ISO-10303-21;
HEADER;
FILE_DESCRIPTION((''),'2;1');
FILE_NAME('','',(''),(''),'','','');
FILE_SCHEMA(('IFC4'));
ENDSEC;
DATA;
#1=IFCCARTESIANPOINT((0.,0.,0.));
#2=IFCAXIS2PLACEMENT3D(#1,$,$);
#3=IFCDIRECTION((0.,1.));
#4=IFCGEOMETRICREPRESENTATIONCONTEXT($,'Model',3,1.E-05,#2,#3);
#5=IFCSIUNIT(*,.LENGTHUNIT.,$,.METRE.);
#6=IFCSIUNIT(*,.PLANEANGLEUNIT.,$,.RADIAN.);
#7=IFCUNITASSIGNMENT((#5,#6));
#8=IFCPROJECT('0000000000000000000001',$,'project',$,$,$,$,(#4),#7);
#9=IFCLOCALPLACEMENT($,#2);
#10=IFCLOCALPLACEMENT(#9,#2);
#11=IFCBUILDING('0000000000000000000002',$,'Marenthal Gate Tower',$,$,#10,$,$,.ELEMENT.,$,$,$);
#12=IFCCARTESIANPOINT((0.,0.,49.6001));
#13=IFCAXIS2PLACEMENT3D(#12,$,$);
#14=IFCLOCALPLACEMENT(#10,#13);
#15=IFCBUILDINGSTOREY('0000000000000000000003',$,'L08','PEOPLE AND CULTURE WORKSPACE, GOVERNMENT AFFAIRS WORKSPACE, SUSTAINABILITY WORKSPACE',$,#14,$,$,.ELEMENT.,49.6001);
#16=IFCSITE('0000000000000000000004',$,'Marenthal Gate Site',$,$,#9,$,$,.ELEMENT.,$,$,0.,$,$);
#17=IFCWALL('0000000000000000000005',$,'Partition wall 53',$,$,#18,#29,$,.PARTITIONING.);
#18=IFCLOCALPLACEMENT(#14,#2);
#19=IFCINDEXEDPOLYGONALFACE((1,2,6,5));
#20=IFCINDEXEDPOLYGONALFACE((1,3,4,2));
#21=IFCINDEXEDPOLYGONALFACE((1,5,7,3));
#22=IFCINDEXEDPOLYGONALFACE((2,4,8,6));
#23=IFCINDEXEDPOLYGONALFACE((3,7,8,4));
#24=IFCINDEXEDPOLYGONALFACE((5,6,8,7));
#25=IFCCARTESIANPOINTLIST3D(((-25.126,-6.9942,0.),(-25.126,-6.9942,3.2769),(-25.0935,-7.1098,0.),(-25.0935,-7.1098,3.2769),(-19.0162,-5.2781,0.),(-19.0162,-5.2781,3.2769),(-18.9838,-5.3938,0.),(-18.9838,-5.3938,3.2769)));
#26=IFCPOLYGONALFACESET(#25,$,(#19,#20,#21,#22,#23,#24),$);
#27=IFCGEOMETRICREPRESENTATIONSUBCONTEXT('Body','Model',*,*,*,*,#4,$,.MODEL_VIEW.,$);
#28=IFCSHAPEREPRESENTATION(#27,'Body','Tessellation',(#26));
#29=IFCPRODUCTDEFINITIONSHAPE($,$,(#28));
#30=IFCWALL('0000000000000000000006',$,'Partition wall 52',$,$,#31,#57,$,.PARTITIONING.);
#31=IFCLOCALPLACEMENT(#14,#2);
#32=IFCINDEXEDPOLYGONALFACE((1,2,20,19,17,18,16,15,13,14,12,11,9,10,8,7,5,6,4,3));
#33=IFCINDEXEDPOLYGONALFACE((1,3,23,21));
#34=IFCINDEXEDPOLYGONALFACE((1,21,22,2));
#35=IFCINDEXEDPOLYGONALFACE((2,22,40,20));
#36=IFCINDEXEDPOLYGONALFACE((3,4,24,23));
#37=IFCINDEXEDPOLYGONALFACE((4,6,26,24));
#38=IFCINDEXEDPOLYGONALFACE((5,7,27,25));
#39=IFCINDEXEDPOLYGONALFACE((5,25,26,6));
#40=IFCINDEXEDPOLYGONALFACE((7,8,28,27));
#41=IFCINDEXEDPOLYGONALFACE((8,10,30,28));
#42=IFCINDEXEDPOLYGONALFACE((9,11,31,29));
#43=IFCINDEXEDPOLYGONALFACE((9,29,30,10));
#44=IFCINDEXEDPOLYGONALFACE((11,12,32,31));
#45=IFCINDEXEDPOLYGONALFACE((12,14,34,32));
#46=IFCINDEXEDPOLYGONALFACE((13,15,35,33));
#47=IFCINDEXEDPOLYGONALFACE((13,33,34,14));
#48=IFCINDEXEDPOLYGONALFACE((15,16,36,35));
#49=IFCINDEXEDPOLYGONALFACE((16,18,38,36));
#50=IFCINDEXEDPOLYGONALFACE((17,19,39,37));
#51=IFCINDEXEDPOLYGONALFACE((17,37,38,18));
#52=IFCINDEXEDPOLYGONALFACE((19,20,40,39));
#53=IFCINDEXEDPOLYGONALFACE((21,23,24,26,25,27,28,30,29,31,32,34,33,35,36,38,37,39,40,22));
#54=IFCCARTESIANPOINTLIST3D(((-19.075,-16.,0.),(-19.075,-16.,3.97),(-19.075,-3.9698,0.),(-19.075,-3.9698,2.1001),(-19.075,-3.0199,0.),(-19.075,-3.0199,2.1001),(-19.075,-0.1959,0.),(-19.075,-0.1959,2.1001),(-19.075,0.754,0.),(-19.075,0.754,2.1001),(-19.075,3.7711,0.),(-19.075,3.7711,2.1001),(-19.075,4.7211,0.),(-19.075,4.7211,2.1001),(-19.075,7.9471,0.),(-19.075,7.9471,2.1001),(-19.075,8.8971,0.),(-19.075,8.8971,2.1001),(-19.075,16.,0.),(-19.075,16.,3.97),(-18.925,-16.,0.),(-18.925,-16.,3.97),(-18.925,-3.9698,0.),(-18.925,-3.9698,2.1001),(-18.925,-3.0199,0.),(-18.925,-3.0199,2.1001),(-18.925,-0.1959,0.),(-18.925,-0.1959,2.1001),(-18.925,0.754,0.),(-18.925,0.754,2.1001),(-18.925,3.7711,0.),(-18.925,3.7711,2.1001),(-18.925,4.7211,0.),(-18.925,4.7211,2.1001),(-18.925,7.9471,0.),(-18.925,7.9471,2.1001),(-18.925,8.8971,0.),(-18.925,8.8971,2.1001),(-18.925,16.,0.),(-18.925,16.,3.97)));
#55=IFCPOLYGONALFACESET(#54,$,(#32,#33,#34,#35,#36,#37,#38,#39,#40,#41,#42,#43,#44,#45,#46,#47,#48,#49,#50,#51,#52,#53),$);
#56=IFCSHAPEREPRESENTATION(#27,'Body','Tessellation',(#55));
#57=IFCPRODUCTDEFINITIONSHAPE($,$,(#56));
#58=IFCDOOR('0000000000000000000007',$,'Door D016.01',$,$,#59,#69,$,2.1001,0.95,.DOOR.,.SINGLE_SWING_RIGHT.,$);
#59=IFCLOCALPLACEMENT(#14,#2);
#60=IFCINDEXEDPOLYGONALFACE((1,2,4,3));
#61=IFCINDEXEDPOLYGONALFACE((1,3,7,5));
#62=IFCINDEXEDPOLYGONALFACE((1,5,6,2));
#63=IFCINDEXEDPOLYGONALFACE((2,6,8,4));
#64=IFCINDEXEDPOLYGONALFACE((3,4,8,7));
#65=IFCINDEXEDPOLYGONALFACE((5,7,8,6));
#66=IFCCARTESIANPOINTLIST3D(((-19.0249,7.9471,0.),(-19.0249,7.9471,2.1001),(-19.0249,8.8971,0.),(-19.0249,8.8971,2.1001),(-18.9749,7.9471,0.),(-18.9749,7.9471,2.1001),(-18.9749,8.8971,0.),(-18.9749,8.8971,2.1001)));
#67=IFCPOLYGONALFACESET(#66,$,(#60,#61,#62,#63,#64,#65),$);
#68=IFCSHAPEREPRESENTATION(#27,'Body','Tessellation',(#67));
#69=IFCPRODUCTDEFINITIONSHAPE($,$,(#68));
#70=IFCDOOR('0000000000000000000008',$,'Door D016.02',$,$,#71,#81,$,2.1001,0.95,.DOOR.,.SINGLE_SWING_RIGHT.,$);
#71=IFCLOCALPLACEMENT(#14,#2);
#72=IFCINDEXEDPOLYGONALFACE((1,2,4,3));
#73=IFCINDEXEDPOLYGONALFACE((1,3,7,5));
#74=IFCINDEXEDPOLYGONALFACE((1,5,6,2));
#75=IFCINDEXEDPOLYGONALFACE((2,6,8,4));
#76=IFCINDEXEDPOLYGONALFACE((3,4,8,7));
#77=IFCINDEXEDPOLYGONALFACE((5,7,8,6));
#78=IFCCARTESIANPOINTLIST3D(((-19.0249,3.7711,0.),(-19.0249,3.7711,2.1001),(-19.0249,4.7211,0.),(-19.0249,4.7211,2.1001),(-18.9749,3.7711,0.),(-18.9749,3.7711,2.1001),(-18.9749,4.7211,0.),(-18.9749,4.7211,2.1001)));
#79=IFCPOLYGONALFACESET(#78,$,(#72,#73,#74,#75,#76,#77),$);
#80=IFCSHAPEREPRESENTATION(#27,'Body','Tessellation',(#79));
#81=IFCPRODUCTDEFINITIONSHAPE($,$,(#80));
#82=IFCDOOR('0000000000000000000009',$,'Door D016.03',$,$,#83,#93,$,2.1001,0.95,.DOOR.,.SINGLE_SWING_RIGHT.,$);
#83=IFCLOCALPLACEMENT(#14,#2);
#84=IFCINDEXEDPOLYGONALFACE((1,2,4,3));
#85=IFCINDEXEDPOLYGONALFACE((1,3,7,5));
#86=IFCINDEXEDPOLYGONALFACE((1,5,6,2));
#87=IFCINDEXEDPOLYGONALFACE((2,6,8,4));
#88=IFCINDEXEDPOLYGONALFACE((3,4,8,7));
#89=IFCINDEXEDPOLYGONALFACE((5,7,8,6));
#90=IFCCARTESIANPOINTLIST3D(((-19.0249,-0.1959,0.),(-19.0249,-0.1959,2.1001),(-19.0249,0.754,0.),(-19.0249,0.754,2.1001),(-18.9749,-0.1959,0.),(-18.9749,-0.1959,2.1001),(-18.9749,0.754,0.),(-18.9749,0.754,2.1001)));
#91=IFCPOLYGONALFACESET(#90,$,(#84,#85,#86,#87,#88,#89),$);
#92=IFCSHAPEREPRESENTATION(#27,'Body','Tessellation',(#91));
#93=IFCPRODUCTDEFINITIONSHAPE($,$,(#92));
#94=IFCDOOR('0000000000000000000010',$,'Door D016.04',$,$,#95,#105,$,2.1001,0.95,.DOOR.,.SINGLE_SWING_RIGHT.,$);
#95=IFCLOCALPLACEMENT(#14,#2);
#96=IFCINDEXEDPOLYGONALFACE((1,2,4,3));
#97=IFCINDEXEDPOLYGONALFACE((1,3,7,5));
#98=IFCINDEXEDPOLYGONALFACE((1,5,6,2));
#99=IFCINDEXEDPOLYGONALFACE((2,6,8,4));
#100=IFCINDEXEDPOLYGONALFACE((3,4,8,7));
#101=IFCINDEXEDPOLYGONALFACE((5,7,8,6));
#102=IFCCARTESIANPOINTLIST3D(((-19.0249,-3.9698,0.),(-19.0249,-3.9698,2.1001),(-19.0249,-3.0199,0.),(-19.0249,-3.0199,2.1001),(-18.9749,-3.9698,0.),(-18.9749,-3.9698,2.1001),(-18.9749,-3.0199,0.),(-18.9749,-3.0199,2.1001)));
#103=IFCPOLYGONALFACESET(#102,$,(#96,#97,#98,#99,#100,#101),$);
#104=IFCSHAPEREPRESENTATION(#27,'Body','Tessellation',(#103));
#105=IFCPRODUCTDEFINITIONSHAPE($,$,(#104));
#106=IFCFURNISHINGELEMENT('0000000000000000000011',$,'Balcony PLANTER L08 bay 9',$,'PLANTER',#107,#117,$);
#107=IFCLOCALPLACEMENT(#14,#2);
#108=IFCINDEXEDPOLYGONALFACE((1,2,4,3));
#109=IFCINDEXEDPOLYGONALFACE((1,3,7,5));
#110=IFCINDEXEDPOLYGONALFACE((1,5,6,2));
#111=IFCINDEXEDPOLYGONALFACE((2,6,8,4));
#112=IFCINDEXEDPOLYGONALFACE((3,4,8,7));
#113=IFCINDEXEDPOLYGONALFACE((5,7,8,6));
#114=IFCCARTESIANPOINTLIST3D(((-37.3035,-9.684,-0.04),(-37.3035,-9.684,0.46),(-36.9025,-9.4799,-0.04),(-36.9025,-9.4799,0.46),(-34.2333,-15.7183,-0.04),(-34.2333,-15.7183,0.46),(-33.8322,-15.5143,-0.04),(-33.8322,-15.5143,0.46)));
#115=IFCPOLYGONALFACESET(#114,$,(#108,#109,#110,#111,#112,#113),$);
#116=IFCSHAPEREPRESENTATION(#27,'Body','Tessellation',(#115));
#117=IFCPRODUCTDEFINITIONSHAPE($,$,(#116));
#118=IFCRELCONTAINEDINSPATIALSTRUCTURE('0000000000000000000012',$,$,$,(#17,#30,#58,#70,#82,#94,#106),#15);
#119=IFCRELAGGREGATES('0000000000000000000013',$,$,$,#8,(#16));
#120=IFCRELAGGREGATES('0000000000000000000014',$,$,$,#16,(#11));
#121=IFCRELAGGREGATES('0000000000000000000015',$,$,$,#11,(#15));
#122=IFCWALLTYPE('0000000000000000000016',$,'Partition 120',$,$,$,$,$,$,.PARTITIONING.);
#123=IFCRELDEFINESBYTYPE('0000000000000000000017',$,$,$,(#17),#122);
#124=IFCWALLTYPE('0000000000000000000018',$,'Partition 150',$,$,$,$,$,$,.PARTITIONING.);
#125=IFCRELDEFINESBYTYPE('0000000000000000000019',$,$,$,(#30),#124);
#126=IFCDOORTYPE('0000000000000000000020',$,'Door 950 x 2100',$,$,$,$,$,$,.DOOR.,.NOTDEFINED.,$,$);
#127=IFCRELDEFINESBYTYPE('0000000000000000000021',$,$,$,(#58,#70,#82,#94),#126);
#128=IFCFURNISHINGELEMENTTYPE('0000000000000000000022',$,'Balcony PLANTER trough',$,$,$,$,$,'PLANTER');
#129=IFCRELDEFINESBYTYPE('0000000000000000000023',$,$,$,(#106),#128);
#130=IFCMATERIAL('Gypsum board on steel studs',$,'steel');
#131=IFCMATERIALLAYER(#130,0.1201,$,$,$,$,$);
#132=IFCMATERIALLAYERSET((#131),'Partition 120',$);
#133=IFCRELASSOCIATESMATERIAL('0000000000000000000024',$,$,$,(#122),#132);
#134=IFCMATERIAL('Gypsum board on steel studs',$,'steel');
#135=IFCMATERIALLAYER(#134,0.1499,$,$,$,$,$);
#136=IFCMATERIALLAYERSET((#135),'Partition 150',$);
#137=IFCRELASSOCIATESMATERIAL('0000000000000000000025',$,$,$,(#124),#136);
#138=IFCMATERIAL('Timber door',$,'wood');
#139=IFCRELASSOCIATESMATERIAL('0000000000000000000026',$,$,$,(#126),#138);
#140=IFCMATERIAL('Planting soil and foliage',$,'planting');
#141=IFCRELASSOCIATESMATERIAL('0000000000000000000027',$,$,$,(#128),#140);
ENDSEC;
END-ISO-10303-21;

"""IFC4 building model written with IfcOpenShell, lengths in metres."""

from ifc_helpers import new_model, si_unit, direction, frame, frame_2d, origin, origin_2d, place, context, subcontext, project, spatial, rectangle, extrude, material, layer, layer_set, type_object, element, fill, save


model = new_model("IFC4")

# Units and contexts
model_context = context("Model", 3, precision=1e-05, world=origin(), true_north=direction((0.0, 1.0)))
body_context = subcontext(model_context, "Body", "Model", "MODEL_VIEW")
ifc_project = project(units=[si_unit("LENGTHUNIT", "METRE"), si_unit("PLANEANGLEUNIT", "RADIAN")], contexts=[model_context])

# Site, building, storey
site_placement = place(None, origin())
site = spatial("IfcSite", under=ifc_project, at=site_placement, Name="Marenthal Gate Site", CompositionType="ELEMENT", RefElevation=0.0)
building_placement = place(site_placement, origin())
building = spatial("IfcBuilding", under=site, at=building_placement, Name="Marenthal Gate Tower", CompositionType="ELEMENT")
storey_placement = place(building_placement, frame((0.0, 0.0, 49.6001)))
storey = spatial("IfcBuildingStorey", under=building, at=storey_placement, Name="L08", Description="PEOPLE AND CULTURE WORKSPACE, GOVERNMENT AFFAIRS WORKSPACE, SUSTAINABILITY WORKSPACE", CompositionType="ELEMENT", Elevation=49.6001)

# Wall
ifc_material_1 = material(Name="Gypsum board on steel studs", Category="steel")
ifc_layer_1 = layer(ifc_material_1, 0.1201)
ifc_layer_set_1 = layer_set([ifc_layer_1], Name="Partition 120")
wall_type_1 = type_object("IfcWallType", Name="Partition 120", PredefinedType="PARTITIONING", material=ifc_layer_set_1)
wall_1_placement = place(storey_placement, frame((-19.0, -5.3359, 0.0), z_axis=(0.0, 0.0, 1.0), x_axis=(-0.962747, -0.270405, 0.0)))
element("IfcWall", 1, at=wall_1_placement, inside=storey, type_object=wall_type_1, Name="Partition wall 53", PredefinedType="PARTITIONING", context=body_context, shape_type="SweptSolid", body=[
    extrude(rectangle(XDim=6.3462, YDim=0.1201, at=frame_2d((3.1731, 0.0))), origin(), (0.0, 0.0, 1.0), 3.2769),
])

# Wall, openings, doors
ifc_material_2 = material(Name="Gypsum board on steel studs", Category="steel")
ifc_layer_2 = layer(ifc_material_2, 0.1499)
ifc_layer_set_2 = layer_set([ifc_layer_2], Name="Partition 150")
wall_type_2 = type_object("IfcWallType", Name="Partition 150", PredefinedType="PARTITIONING", material=ifc_layer_set_2)
wall_2_placement = place(storey_placement, frame((-19.0, -16.0, 0.0), z_axis=(0.0, 0.0, 1.0), x_axis=(0.0, 1.0, 0.0)))
wall_2 = element("IfcWall", 2, at=wall_2_placement, inside=storey, type_object=wall_type_2, Name="Partition wall 52", PredefinedType="PARTITIONING", context=body_context, shape_type="SweptSolid", body=[
    extrude(rectangle(XDim=32.0, YDim=0.1499, at=frame_2d((16.0, 0.0))), origin(), (0.0, 0.0, 1.0), 3.97),
])
opening_1_placement = place(wall_2_placement, frame((23.947, 0.0, 0.0)))
opening_1 = element("IfcOpeningElement", 3, at=opening_1_placement, cuts=wall_2, PredefinedType="OPENING", context=body_context, shape_type="SweptSolid", body=[
    extrude(rectangle(XDim=0.95, YDim=2.1001, at=frame_2d((0.4751, 1.05))), frame((0.0, 0.085, 0.0), z_axis=(0.0, -1.0, 0.0), x_axis=(1.0, 0.0, 0.0)), (0.0, 0.0, 1.0), 0.1699),
])
opening_2_placement = place(wall_2_placement, frame((19.771, 0.0, 0.0)))
opening_2 = element("IfcOpeningElement", 4, at=opening_2_placement, cuts=wall_2, PredefinedType="OPENING", context=body_context, shape_type="SweptSolid", body=[
    extrude(rectangle(XDim=0.95, YDim=2.1001, at=frame_2d((0.4751, 1.05))), frame((0.0, 0.085, 0.0), z_axis=(0.0, -1.0, 0.0), x_axis=(1.0, 0.0, 0.0)), (0.0, 0.0, 1.0), 0.1699),
])
opening_3_placement = place(wall_2_placement, frame((15.804, 0.0, 0.0)))
opening_3 = element("IfcOpeningElement", 5, at=opening_3_placement, cuts=wall_2, PredefinedType="OPENING", context=body_context, shape_type="SweptSolid", body=[
    extrude(rectangle(XDim=0.95, YDim=2.1001, at=frame_2d((0.4751, 1.05))), frame((0.0, 0.085, 0.0), z_axis=(0.0, -1.0, 0.0), x_axis=(1.0, 0.0, 0.0)), (0.0, 0.0, 1.0), 0.1699),
])
opening_4_placement = place(wall_2_placement, frame((12.03, 0.0, 0.0)))
opening_4 = element("IfcOpeningElement", 6, at=opening_4_placement, cuts=wall_2, PredefinedType="OPENING", context=body_context, shape_type="SweptSolid", body=[
    extrude(rectangle(XDim=0.95, YDim=2.1001, at=frame_2d((0.4751, 1.05))), frame((0.0, 0.085, 0.0), z_axis=(0.0, -1.0, 0.0), x_axis=(1.0, 0.0, 0.0)), (0.0, 0.0, 1.0), 0.1699),
])
ifc_material_3 = material(Name="Timber door", Category="wood")
door_type_1 = type_object("IfcDoorType", Name="Door 950 x 2100", OperationType="NOTDEFINED", PredefinedType="DOOR", material=ifc_material_3)
door_1_placement = place(opening_1_placement, origin())
door_1 = element("IfcDoor", 7, at=door_1_placement, inside=storey, type_object=door_type_1, Name="Door D016.01", OperationType="SINGLE_SWING_RIGHT", OverallHeight=2.1001, OverallWidth=0.95, PredefinedType="DOOR", context=body_context, shape_type="SweptSolid", body=[
    extrude(rectangle(XDim=0.95, YDim=2.1001, at=frame_2d((0.4751, 1.05))), frame((0.0, 0.0249, 0.0), z_axis=(0.0, -1.0, 0.0), x_axis=(1.0, 0.0, 0.0)), (0.0, 0.0, 1.0), 0.05),
])
fill(opening_1, door_1)
door_2_placement = place(opening_2_placement, origin())
door_2 = element("IfcDoor", 8, at=door_2_placement, inside=storey, type_object=door_type_1, Name="Door D016.02", OperationType="SINGLE_SWING_RIGHT", OverallHeight=2.1001, OverallWidth=0.95, PredefinedType="DOOR", context=body_context, shape_type="SweptSolid", body=[
    extrude(rectangle(XDim=0.95, YDim=2.1001, at=frame_2d((0.4751, 1.05))), frame((0.0, 0.0249, 0.0), z_axis=(0.0, -1.0, 0.0), x_axis=(1.0, 0.0, 0.0)), (0.0, 0.0, 1.0), 0.05),
])
fill(opening_2, door_2)
door_3_placement = place(opening_3_placement, origin())
door_3 = element("IfcDoor", 9, at=door_3_placement, inside=storey, type_object=door_type_1, Name="Door D016.03", OperationType="SINGLE_SWING_RIGHT", OverallHeight=2.1001, OverallWidth=0.95, PredefinedType="DOOR", context=body_context, shape_type="SweptSolid", body=[
    extrude(rectangle(XDim=0.95, YDim=2.1001, at=frame_2d((0.4751, 1.05))), frame((0.0, 0.0249, 0.0), z_axis=(0.0, -1.0, 0.0), x_axis=(1.0, 0.0, 0.0)), (0.0, 0.0, 1.0), 0.05),
])
fill(opening_3, door_3)
door_4_placement = place(opening_4_placement, origin())
door_4 = element("IfcDoor", 10, at=door_4_placement, inside=storey, type_object=door_type_1, Name="Door D016.04", OperationType="SINGLE_SWING_RIGHT", OverallHeight=2.1001, OverallWidth=0.95, PredefinedType="DOOR", context=body_context, shape_type="SweptSolid", body=[
    extrude(rectangle(XDim=0.95, YDim=2.1001, at=frame_2d((0.4751, 1.05))), frame((0.0, 0.0249, 0.0), z_axis=(0.0, -1.0, 0.0), x_axis=(1.0, 0.0, 0.0)), (0.0, 0.0, 1.0), 0.05),
])
fill(opening_4, door_4)

# Furnishing element
ifc_material_4 = material(Name="Planting soil and foliage", Category="planting")
furnishing_element_type = type_object("IfcFurnishingElementType", Name="Balcony PLANTER trough", ElementType="PLANTER", material=ifc_material_4)
furnishing_placement = place(storey_placement, frame((-35.5679, -12.5991, -0.04), z_axis=(0.0, 0.0, 1.0), x_axis=(0.453476, -0.891269, 0.0)))
element("IfcFurnishingElement", 11, at=furnishing_placement, inside=storey, type_object=furnishing_element_type, Name="Balcony PLANTER L08 bay 9", ObjectType="PLANTER", context=body_context, shape_type="SweptSolid", body=[
    extrude(rectangle(XDim=6.7705, YDim=0.45, at=origin_2d()), origin(), (0.0, 0.0, 1.0), 0.5),
])

save(model, "model.ifc")
